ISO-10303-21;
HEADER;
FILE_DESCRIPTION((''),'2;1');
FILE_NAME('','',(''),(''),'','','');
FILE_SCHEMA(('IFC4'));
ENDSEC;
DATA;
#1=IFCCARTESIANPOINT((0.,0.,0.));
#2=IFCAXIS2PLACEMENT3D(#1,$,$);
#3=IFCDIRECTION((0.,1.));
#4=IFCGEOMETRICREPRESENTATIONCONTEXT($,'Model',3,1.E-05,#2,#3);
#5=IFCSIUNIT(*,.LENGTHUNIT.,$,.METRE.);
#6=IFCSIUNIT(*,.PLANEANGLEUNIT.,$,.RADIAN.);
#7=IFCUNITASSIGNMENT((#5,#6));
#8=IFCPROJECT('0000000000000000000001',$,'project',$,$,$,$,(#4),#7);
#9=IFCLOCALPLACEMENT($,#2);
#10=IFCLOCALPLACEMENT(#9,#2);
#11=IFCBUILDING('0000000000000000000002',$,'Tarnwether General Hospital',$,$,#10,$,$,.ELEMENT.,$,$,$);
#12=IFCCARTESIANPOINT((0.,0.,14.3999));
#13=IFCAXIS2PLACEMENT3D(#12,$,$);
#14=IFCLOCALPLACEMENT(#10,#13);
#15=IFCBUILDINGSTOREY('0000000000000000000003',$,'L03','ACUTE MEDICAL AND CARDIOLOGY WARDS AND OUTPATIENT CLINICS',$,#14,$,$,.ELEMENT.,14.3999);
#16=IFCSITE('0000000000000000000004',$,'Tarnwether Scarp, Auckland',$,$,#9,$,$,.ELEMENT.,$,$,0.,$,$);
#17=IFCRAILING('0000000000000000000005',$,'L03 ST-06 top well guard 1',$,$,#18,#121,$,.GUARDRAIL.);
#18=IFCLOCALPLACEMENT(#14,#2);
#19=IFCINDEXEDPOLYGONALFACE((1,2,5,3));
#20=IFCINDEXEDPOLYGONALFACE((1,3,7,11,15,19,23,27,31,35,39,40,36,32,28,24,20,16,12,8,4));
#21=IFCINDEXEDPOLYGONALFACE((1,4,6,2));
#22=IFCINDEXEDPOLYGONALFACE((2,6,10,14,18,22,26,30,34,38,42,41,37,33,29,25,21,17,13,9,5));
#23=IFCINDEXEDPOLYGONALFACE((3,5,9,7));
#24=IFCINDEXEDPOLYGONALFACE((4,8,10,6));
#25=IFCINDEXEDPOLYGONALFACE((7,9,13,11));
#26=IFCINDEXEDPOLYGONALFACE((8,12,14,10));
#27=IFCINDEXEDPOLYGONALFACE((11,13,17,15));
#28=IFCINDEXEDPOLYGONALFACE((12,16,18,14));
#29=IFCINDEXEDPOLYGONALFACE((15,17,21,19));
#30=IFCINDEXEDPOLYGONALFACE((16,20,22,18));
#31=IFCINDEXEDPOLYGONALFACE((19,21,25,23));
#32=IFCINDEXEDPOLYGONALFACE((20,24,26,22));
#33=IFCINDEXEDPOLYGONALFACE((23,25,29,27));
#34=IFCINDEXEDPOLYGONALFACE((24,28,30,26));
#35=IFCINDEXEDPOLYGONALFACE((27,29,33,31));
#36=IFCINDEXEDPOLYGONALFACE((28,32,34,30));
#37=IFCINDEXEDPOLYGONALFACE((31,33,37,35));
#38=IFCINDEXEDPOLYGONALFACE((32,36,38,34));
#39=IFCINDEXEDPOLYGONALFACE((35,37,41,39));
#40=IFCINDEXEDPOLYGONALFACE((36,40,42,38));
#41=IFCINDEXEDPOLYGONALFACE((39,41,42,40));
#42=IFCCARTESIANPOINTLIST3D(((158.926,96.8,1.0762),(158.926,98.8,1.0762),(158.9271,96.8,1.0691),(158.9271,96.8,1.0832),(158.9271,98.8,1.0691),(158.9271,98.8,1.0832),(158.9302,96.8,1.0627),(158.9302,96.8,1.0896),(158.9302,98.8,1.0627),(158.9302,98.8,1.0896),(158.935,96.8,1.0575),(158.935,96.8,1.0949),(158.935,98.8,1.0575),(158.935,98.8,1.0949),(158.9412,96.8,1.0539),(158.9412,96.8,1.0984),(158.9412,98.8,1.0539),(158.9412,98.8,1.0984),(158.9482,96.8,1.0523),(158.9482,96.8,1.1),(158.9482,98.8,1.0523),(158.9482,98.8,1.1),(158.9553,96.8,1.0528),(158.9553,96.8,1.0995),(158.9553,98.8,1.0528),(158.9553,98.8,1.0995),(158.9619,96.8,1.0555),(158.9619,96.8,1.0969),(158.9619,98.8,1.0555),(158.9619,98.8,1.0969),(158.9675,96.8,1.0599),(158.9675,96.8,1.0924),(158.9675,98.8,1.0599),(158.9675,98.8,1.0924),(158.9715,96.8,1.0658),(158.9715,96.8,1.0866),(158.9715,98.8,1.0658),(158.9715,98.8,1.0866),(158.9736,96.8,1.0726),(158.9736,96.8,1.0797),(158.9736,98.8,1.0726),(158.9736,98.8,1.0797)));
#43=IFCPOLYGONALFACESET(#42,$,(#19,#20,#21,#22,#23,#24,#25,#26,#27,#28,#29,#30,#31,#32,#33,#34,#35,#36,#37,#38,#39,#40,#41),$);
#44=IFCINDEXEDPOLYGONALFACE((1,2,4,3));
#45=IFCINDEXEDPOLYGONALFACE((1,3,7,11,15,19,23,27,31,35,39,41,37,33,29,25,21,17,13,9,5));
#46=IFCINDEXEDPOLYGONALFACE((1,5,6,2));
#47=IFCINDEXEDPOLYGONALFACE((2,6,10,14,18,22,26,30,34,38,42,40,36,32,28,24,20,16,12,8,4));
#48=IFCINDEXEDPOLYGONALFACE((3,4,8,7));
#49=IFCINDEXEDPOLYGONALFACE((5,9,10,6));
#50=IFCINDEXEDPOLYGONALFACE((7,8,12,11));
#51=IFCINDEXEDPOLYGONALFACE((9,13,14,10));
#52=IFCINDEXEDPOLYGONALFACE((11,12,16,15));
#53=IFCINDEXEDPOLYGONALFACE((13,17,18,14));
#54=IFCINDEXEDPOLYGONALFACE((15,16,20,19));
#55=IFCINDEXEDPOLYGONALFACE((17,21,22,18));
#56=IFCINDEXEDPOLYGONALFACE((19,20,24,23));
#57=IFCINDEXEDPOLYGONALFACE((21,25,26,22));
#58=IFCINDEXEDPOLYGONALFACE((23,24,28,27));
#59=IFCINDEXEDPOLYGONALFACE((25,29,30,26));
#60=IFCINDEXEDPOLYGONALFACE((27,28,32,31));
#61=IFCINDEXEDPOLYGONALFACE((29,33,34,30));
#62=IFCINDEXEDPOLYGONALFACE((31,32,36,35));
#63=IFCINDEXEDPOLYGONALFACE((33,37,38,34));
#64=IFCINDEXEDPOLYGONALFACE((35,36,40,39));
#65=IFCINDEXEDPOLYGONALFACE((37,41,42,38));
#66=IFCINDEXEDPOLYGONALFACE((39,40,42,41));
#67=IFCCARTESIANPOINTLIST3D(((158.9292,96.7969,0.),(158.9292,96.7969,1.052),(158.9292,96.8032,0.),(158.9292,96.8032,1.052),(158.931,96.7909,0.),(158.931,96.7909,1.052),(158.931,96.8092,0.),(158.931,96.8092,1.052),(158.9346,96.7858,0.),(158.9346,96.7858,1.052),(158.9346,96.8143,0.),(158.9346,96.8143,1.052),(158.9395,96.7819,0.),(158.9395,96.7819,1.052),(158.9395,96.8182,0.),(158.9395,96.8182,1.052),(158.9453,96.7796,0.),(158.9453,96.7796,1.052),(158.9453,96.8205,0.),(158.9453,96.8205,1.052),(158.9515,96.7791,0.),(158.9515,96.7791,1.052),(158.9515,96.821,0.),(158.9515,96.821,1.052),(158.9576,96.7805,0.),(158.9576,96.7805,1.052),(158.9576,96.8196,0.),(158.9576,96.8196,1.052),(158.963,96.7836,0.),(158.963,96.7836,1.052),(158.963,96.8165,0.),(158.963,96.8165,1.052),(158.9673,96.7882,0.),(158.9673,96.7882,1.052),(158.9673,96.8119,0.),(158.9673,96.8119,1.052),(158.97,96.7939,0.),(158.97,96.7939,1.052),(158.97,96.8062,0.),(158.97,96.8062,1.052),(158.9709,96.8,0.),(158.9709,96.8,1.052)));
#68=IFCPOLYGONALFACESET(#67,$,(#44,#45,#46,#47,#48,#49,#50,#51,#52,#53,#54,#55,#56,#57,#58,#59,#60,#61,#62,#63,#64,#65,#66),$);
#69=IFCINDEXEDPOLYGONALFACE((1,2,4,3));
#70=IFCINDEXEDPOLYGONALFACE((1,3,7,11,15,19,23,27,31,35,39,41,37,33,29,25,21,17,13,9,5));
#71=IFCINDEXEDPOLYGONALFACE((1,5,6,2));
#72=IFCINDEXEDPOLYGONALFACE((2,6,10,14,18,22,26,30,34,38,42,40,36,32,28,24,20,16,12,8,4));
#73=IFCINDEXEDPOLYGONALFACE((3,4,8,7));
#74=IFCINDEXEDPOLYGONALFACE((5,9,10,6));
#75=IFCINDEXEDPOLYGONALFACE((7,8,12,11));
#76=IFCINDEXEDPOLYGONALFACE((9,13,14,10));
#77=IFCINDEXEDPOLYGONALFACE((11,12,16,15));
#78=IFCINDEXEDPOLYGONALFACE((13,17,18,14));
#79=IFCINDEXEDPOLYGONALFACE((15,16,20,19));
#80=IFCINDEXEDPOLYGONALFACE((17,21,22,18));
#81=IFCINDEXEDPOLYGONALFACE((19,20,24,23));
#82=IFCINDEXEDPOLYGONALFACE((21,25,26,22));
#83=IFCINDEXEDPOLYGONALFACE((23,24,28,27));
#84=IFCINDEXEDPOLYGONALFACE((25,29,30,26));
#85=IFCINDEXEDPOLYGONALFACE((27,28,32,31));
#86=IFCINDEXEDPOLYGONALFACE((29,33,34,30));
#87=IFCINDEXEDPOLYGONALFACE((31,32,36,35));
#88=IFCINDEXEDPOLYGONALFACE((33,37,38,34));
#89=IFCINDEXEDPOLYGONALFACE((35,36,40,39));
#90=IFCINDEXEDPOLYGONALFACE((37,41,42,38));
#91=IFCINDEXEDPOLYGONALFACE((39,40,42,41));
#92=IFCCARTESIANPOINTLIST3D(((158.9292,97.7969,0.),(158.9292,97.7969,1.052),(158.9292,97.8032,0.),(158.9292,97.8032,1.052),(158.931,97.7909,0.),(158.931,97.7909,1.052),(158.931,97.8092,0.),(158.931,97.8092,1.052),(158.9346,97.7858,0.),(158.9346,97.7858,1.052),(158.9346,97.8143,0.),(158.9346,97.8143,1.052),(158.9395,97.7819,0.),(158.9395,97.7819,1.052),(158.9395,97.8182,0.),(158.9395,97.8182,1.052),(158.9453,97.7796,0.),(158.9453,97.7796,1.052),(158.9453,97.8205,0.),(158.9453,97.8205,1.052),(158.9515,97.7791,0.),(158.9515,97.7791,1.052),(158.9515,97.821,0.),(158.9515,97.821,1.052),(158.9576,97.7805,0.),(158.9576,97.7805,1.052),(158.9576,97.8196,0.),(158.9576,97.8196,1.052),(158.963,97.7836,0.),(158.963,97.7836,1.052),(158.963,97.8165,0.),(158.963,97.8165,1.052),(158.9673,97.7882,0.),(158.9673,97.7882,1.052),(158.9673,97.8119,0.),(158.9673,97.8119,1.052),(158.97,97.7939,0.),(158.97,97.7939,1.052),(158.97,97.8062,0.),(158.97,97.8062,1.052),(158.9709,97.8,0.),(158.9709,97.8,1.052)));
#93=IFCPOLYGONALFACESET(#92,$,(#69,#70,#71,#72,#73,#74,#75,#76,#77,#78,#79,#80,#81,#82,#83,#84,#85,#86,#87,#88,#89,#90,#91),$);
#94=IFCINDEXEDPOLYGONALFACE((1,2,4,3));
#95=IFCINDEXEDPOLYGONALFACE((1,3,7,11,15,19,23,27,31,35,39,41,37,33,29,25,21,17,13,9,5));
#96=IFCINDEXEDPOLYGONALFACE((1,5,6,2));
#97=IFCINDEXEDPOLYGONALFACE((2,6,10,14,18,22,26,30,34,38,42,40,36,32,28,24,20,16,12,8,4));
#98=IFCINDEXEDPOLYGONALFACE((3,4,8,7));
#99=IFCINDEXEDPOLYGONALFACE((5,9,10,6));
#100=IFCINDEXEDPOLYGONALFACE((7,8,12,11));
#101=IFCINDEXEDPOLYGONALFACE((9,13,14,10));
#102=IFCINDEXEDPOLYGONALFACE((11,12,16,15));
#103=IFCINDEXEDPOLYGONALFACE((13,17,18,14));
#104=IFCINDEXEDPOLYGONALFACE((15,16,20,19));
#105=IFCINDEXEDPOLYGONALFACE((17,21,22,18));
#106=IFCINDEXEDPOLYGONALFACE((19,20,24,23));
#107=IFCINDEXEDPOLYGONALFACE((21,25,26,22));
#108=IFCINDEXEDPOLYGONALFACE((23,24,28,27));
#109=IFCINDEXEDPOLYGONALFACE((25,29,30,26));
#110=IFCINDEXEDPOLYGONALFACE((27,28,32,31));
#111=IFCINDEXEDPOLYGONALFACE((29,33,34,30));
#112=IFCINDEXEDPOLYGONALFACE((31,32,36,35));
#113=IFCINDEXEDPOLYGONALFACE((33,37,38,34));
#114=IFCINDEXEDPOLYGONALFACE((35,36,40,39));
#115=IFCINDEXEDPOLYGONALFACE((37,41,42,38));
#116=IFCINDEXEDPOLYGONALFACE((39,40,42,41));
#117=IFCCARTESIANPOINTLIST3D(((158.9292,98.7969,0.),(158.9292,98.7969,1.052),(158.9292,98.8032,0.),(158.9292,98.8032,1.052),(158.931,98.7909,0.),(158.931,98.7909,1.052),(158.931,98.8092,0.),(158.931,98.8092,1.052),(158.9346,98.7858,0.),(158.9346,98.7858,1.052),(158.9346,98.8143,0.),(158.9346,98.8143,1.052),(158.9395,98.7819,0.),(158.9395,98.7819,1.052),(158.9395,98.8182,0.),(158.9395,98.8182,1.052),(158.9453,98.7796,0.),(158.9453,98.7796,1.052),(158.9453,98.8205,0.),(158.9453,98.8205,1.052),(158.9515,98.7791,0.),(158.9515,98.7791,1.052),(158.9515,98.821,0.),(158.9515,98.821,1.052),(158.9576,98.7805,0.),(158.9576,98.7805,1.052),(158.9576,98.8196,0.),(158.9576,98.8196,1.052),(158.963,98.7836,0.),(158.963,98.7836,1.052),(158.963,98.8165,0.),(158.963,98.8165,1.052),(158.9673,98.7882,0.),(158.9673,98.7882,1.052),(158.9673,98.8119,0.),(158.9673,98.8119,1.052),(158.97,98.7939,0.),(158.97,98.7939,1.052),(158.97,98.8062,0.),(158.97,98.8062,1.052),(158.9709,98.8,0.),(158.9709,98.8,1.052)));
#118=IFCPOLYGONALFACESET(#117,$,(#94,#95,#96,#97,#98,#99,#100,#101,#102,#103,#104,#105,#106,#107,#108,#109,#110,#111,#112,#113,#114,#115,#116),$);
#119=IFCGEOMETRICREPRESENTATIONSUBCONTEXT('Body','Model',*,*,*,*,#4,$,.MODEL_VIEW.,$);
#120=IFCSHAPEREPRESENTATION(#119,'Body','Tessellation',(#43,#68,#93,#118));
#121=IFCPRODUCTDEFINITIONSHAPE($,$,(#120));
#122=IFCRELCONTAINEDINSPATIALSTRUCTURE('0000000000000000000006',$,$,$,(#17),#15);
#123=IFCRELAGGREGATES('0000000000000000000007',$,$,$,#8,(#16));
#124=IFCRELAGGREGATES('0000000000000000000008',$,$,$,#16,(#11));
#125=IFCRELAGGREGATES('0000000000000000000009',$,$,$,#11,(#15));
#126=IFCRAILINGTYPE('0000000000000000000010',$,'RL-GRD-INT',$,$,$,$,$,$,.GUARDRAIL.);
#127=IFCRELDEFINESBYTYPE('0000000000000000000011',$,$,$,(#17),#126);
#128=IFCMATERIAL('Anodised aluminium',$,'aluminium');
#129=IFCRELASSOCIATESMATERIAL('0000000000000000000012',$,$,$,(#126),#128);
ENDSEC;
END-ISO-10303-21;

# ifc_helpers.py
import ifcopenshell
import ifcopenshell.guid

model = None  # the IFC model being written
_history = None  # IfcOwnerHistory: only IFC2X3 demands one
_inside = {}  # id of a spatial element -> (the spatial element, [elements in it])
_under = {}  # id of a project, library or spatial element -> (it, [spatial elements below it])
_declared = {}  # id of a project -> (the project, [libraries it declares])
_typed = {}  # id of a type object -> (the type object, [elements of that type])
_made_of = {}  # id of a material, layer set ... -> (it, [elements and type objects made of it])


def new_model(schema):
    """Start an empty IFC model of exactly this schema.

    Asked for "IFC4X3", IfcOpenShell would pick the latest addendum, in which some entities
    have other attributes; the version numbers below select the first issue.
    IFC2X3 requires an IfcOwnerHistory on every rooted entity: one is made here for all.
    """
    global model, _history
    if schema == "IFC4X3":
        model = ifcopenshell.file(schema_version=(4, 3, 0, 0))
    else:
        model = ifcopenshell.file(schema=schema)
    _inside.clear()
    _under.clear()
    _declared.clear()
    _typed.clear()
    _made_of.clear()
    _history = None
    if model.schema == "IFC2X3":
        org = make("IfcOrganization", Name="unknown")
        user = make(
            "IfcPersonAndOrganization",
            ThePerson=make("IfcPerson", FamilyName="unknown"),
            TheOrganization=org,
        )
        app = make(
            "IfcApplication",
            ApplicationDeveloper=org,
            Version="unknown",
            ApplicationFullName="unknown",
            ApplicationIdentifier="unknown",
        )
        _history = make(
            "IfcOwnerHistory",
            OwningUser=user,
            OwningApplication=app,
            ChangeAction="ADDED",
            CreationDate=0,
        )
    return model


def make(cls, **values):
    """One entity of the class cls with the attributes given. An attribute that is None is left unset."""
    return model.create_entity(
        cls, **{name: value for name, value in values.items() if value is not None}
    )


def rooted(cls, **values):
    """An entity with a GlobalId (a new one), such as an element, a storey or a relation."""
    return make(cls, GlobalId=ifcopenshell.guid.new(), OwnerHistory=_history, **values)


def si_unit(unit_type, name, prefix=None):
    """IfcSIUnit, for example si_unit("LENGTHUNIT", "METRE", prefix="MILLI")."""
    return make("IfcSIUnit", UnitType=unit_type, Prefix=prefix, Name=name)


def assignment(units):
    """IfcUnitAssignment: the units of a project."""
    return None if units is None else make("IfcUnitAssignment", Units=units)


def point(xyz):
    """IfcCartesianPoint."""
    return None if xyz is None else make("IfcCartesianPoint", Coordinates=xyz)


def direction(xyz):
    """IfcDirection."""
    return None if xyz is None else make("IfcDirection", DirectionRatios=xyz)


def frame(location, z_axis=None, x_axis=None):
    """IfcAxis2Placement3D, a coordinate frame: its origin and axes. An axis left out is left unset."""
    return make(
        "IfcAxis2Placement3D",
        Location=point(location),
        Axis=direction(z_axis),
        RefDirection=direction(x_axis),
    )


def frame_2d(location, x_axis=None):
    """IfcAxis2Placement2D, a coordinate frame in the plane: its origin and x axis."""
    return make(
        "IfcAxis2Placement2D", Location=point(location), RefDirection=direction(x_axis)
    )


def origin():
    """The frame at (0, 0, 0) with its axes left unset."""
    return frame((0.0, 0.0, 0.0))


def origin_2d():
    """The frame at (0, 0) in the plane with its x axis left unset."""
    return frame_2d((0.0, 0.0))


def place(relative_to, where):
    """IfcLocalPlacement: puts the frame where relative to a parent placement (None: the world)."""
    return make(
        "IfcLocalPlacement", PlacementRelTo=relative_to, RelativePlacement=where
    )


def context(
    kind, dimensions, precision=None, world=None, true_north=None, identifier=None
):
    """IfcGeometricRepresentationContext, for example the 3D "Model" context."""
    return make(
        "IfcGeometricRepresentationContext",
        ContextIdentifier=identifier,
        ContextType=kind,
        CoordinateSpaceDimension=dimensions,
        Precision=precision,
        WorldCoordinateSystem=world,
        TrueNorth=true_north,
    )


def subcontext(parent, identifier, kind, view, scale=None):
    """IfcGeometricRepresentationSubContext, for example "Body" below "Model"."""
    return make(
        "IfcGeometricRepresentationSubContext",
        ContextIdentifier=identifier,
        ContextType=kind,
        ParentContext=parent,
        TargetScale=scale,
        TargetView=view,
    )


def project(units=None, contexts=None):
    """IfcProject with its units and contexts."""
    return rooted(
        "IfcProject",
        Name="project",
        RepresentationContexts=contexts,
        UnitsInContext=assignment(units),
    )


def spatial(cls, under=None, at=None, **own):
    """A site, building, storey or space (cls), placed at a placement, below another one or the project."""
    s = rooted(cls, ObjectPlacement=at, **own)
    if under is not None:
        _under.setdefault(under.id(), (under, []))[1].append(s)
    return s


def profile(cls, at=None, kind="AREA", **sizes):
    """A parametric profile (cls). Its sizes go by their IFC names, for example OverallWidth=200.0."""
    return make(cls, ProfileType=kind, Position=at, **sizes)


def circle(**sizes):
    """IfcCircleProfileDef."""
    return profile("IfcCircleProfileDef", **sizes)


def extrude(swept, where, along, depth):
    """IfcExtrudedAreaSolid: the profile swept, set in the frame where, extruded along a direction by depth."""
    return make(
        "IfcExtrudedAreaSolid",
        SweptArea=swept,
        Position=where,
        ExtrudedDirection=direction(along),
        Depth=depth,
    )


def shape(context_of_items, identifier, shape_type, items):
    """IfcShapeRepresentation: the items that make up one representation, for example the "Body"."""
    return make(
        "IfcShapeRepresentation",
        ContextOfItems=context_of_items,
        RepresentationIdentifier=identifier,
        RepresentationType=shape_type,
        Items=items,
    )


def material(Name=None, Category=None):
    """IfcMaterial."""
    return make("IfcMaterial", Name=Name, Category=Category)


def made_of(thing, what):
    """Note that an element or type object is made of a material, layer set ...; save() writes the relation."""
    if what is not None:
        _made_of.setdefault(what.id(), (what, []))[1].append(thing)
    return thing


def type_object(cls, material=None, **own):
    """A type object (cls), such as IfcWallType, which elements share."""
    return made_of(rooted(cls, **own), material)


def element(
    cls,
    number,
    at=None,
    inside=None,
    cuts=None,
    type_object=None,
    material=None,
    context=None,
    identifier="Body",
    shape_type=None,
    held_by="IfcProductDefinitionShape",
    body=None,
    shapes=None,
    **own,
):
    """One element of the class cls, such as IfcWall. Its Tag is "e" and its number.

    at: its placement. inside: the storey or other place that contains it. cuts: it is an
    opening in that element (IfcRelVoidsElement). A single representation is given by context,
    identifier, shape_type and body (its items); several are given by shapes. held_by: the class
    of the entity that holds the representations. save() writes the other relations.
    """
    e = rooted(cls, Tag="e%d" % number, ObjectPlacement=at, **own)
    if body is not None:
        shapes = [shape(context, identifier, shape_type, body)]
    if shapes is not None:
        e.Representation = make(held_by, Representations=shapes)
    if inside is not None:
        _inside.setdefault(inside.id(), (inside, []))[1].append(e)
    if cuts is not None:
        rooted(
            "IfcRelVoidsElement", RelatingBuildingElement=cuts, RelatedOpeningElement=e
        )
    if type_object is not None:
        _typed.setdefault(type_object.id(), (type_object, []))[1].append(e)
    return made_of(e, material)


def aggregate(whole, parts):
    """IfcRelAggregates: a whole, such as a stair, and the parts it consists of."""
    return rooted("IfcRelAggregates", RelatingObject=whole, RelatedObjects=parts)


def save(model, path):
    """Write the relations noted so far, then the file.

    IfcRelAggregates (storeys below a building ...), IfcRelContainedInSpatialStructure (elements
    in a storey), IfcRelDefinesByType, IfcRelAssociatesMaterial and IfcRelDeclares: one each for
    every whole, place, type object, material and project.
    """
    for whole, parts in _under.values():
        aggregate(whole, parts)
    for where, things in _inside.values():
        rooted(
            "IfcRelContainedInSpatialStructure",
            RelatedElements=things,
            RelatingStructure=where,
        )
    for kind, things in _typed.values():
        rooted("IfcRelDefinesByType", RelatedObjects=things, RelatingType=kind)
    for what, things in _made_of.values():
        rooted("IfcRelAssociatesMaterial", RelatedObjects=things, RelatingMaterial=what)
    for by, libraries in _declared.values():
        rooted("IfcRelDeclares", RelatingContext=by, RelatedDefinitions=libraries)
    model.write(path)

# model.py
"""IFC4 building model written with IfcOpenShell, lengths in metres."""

from ifc_helpers import new_model, si_unit, direction, frame, origin, origin_2d, place, context, subcontext, project, spatial, circle, extrude, material, type_object, element, save


model = new_model("IFC4")

# Units and contexts
model_context = context("Model", 3, precision=1e-05, world=origin(), true_north=direction((0.0, 1.0)))
body_context = subcontext(model_context, "Body", "Model", "MODEL_VIEW")
ifc_project = project(units=[si_unit("LENGTHUNIT", "METRE"), si_unit("PLANEANGLEUNIT", "RADIAN")], contexts=[model_context])

# Site, building, storey
site_placement = place(None, origin())
site = spatial("IfcSite", under=ifc_project, at=site_placement, Name="Tarnwether Scarp, Auckland", CompositionType="ELEMENT", RefElevation=0.0)
building_placement = place(site_placement, origin())
building = spatial("IfcBuilding", under=site, at=building_placement, Name="Tarnwether General Hospital", CompositionType="ELEMENT")
storey_placement = place(building_placement, frame((0.0, 0.0, 14.3999)))
storey = spatial("IfcBuildingStorey", under=building, at=storey_placement, Name="L03", Description="ACUTE MEDICAL AND CARDIOLOGY WARDS AND OUTPATIENT CLINICS", CompositionType="ELEMENT", Elevation=14.3999)

# Railing
ifc_material_1 = material(Name="Anodised aluminium", Category="aluminium")
railing_type = type_object("IfcRailingType", Name="RL-GRD-INT", PredefinedType="GUARDRAIL", material=ifc_material_1)
railing_placement = place(storey_placement, frame((158.95, 96.8, 0.0)))
element("IfcRailing", 1, at=railing_placement, inside=storey, type_object=railing_type, Name="L03 ST-06 top well guard 1", PredefinedType="GUARDRAIL", context=body_context, shape_type="SweptSolid", body=[
    extrude(circle(Radius=0.0239, at=origin_2d()), frame((0.0, 0.0, 1.0762), z_axis=(0.0, 1.0, 0.0), x_axis=(-1.0, 0.0, 0.0)), (0.0, 0.0, 1.0), 2.0),
    extrude(circle(Radius=0.021, at=origin_2d()), origin(), (0.0, 0.0, 1.0), 1.052),
    extrude(circle(Radius=0.021, at=origin_2d()), frame((0.0, 1.0, 0.0)), (0.0, 0.0, 1.0), 1.052),
    extrude(circle(Radius=0.021, at=origin_2d()), frame((0.0, 2.0, 0.0)), (0.0, 0.0, 1.0), 1.052),
])

save(model, "model.ifc")
